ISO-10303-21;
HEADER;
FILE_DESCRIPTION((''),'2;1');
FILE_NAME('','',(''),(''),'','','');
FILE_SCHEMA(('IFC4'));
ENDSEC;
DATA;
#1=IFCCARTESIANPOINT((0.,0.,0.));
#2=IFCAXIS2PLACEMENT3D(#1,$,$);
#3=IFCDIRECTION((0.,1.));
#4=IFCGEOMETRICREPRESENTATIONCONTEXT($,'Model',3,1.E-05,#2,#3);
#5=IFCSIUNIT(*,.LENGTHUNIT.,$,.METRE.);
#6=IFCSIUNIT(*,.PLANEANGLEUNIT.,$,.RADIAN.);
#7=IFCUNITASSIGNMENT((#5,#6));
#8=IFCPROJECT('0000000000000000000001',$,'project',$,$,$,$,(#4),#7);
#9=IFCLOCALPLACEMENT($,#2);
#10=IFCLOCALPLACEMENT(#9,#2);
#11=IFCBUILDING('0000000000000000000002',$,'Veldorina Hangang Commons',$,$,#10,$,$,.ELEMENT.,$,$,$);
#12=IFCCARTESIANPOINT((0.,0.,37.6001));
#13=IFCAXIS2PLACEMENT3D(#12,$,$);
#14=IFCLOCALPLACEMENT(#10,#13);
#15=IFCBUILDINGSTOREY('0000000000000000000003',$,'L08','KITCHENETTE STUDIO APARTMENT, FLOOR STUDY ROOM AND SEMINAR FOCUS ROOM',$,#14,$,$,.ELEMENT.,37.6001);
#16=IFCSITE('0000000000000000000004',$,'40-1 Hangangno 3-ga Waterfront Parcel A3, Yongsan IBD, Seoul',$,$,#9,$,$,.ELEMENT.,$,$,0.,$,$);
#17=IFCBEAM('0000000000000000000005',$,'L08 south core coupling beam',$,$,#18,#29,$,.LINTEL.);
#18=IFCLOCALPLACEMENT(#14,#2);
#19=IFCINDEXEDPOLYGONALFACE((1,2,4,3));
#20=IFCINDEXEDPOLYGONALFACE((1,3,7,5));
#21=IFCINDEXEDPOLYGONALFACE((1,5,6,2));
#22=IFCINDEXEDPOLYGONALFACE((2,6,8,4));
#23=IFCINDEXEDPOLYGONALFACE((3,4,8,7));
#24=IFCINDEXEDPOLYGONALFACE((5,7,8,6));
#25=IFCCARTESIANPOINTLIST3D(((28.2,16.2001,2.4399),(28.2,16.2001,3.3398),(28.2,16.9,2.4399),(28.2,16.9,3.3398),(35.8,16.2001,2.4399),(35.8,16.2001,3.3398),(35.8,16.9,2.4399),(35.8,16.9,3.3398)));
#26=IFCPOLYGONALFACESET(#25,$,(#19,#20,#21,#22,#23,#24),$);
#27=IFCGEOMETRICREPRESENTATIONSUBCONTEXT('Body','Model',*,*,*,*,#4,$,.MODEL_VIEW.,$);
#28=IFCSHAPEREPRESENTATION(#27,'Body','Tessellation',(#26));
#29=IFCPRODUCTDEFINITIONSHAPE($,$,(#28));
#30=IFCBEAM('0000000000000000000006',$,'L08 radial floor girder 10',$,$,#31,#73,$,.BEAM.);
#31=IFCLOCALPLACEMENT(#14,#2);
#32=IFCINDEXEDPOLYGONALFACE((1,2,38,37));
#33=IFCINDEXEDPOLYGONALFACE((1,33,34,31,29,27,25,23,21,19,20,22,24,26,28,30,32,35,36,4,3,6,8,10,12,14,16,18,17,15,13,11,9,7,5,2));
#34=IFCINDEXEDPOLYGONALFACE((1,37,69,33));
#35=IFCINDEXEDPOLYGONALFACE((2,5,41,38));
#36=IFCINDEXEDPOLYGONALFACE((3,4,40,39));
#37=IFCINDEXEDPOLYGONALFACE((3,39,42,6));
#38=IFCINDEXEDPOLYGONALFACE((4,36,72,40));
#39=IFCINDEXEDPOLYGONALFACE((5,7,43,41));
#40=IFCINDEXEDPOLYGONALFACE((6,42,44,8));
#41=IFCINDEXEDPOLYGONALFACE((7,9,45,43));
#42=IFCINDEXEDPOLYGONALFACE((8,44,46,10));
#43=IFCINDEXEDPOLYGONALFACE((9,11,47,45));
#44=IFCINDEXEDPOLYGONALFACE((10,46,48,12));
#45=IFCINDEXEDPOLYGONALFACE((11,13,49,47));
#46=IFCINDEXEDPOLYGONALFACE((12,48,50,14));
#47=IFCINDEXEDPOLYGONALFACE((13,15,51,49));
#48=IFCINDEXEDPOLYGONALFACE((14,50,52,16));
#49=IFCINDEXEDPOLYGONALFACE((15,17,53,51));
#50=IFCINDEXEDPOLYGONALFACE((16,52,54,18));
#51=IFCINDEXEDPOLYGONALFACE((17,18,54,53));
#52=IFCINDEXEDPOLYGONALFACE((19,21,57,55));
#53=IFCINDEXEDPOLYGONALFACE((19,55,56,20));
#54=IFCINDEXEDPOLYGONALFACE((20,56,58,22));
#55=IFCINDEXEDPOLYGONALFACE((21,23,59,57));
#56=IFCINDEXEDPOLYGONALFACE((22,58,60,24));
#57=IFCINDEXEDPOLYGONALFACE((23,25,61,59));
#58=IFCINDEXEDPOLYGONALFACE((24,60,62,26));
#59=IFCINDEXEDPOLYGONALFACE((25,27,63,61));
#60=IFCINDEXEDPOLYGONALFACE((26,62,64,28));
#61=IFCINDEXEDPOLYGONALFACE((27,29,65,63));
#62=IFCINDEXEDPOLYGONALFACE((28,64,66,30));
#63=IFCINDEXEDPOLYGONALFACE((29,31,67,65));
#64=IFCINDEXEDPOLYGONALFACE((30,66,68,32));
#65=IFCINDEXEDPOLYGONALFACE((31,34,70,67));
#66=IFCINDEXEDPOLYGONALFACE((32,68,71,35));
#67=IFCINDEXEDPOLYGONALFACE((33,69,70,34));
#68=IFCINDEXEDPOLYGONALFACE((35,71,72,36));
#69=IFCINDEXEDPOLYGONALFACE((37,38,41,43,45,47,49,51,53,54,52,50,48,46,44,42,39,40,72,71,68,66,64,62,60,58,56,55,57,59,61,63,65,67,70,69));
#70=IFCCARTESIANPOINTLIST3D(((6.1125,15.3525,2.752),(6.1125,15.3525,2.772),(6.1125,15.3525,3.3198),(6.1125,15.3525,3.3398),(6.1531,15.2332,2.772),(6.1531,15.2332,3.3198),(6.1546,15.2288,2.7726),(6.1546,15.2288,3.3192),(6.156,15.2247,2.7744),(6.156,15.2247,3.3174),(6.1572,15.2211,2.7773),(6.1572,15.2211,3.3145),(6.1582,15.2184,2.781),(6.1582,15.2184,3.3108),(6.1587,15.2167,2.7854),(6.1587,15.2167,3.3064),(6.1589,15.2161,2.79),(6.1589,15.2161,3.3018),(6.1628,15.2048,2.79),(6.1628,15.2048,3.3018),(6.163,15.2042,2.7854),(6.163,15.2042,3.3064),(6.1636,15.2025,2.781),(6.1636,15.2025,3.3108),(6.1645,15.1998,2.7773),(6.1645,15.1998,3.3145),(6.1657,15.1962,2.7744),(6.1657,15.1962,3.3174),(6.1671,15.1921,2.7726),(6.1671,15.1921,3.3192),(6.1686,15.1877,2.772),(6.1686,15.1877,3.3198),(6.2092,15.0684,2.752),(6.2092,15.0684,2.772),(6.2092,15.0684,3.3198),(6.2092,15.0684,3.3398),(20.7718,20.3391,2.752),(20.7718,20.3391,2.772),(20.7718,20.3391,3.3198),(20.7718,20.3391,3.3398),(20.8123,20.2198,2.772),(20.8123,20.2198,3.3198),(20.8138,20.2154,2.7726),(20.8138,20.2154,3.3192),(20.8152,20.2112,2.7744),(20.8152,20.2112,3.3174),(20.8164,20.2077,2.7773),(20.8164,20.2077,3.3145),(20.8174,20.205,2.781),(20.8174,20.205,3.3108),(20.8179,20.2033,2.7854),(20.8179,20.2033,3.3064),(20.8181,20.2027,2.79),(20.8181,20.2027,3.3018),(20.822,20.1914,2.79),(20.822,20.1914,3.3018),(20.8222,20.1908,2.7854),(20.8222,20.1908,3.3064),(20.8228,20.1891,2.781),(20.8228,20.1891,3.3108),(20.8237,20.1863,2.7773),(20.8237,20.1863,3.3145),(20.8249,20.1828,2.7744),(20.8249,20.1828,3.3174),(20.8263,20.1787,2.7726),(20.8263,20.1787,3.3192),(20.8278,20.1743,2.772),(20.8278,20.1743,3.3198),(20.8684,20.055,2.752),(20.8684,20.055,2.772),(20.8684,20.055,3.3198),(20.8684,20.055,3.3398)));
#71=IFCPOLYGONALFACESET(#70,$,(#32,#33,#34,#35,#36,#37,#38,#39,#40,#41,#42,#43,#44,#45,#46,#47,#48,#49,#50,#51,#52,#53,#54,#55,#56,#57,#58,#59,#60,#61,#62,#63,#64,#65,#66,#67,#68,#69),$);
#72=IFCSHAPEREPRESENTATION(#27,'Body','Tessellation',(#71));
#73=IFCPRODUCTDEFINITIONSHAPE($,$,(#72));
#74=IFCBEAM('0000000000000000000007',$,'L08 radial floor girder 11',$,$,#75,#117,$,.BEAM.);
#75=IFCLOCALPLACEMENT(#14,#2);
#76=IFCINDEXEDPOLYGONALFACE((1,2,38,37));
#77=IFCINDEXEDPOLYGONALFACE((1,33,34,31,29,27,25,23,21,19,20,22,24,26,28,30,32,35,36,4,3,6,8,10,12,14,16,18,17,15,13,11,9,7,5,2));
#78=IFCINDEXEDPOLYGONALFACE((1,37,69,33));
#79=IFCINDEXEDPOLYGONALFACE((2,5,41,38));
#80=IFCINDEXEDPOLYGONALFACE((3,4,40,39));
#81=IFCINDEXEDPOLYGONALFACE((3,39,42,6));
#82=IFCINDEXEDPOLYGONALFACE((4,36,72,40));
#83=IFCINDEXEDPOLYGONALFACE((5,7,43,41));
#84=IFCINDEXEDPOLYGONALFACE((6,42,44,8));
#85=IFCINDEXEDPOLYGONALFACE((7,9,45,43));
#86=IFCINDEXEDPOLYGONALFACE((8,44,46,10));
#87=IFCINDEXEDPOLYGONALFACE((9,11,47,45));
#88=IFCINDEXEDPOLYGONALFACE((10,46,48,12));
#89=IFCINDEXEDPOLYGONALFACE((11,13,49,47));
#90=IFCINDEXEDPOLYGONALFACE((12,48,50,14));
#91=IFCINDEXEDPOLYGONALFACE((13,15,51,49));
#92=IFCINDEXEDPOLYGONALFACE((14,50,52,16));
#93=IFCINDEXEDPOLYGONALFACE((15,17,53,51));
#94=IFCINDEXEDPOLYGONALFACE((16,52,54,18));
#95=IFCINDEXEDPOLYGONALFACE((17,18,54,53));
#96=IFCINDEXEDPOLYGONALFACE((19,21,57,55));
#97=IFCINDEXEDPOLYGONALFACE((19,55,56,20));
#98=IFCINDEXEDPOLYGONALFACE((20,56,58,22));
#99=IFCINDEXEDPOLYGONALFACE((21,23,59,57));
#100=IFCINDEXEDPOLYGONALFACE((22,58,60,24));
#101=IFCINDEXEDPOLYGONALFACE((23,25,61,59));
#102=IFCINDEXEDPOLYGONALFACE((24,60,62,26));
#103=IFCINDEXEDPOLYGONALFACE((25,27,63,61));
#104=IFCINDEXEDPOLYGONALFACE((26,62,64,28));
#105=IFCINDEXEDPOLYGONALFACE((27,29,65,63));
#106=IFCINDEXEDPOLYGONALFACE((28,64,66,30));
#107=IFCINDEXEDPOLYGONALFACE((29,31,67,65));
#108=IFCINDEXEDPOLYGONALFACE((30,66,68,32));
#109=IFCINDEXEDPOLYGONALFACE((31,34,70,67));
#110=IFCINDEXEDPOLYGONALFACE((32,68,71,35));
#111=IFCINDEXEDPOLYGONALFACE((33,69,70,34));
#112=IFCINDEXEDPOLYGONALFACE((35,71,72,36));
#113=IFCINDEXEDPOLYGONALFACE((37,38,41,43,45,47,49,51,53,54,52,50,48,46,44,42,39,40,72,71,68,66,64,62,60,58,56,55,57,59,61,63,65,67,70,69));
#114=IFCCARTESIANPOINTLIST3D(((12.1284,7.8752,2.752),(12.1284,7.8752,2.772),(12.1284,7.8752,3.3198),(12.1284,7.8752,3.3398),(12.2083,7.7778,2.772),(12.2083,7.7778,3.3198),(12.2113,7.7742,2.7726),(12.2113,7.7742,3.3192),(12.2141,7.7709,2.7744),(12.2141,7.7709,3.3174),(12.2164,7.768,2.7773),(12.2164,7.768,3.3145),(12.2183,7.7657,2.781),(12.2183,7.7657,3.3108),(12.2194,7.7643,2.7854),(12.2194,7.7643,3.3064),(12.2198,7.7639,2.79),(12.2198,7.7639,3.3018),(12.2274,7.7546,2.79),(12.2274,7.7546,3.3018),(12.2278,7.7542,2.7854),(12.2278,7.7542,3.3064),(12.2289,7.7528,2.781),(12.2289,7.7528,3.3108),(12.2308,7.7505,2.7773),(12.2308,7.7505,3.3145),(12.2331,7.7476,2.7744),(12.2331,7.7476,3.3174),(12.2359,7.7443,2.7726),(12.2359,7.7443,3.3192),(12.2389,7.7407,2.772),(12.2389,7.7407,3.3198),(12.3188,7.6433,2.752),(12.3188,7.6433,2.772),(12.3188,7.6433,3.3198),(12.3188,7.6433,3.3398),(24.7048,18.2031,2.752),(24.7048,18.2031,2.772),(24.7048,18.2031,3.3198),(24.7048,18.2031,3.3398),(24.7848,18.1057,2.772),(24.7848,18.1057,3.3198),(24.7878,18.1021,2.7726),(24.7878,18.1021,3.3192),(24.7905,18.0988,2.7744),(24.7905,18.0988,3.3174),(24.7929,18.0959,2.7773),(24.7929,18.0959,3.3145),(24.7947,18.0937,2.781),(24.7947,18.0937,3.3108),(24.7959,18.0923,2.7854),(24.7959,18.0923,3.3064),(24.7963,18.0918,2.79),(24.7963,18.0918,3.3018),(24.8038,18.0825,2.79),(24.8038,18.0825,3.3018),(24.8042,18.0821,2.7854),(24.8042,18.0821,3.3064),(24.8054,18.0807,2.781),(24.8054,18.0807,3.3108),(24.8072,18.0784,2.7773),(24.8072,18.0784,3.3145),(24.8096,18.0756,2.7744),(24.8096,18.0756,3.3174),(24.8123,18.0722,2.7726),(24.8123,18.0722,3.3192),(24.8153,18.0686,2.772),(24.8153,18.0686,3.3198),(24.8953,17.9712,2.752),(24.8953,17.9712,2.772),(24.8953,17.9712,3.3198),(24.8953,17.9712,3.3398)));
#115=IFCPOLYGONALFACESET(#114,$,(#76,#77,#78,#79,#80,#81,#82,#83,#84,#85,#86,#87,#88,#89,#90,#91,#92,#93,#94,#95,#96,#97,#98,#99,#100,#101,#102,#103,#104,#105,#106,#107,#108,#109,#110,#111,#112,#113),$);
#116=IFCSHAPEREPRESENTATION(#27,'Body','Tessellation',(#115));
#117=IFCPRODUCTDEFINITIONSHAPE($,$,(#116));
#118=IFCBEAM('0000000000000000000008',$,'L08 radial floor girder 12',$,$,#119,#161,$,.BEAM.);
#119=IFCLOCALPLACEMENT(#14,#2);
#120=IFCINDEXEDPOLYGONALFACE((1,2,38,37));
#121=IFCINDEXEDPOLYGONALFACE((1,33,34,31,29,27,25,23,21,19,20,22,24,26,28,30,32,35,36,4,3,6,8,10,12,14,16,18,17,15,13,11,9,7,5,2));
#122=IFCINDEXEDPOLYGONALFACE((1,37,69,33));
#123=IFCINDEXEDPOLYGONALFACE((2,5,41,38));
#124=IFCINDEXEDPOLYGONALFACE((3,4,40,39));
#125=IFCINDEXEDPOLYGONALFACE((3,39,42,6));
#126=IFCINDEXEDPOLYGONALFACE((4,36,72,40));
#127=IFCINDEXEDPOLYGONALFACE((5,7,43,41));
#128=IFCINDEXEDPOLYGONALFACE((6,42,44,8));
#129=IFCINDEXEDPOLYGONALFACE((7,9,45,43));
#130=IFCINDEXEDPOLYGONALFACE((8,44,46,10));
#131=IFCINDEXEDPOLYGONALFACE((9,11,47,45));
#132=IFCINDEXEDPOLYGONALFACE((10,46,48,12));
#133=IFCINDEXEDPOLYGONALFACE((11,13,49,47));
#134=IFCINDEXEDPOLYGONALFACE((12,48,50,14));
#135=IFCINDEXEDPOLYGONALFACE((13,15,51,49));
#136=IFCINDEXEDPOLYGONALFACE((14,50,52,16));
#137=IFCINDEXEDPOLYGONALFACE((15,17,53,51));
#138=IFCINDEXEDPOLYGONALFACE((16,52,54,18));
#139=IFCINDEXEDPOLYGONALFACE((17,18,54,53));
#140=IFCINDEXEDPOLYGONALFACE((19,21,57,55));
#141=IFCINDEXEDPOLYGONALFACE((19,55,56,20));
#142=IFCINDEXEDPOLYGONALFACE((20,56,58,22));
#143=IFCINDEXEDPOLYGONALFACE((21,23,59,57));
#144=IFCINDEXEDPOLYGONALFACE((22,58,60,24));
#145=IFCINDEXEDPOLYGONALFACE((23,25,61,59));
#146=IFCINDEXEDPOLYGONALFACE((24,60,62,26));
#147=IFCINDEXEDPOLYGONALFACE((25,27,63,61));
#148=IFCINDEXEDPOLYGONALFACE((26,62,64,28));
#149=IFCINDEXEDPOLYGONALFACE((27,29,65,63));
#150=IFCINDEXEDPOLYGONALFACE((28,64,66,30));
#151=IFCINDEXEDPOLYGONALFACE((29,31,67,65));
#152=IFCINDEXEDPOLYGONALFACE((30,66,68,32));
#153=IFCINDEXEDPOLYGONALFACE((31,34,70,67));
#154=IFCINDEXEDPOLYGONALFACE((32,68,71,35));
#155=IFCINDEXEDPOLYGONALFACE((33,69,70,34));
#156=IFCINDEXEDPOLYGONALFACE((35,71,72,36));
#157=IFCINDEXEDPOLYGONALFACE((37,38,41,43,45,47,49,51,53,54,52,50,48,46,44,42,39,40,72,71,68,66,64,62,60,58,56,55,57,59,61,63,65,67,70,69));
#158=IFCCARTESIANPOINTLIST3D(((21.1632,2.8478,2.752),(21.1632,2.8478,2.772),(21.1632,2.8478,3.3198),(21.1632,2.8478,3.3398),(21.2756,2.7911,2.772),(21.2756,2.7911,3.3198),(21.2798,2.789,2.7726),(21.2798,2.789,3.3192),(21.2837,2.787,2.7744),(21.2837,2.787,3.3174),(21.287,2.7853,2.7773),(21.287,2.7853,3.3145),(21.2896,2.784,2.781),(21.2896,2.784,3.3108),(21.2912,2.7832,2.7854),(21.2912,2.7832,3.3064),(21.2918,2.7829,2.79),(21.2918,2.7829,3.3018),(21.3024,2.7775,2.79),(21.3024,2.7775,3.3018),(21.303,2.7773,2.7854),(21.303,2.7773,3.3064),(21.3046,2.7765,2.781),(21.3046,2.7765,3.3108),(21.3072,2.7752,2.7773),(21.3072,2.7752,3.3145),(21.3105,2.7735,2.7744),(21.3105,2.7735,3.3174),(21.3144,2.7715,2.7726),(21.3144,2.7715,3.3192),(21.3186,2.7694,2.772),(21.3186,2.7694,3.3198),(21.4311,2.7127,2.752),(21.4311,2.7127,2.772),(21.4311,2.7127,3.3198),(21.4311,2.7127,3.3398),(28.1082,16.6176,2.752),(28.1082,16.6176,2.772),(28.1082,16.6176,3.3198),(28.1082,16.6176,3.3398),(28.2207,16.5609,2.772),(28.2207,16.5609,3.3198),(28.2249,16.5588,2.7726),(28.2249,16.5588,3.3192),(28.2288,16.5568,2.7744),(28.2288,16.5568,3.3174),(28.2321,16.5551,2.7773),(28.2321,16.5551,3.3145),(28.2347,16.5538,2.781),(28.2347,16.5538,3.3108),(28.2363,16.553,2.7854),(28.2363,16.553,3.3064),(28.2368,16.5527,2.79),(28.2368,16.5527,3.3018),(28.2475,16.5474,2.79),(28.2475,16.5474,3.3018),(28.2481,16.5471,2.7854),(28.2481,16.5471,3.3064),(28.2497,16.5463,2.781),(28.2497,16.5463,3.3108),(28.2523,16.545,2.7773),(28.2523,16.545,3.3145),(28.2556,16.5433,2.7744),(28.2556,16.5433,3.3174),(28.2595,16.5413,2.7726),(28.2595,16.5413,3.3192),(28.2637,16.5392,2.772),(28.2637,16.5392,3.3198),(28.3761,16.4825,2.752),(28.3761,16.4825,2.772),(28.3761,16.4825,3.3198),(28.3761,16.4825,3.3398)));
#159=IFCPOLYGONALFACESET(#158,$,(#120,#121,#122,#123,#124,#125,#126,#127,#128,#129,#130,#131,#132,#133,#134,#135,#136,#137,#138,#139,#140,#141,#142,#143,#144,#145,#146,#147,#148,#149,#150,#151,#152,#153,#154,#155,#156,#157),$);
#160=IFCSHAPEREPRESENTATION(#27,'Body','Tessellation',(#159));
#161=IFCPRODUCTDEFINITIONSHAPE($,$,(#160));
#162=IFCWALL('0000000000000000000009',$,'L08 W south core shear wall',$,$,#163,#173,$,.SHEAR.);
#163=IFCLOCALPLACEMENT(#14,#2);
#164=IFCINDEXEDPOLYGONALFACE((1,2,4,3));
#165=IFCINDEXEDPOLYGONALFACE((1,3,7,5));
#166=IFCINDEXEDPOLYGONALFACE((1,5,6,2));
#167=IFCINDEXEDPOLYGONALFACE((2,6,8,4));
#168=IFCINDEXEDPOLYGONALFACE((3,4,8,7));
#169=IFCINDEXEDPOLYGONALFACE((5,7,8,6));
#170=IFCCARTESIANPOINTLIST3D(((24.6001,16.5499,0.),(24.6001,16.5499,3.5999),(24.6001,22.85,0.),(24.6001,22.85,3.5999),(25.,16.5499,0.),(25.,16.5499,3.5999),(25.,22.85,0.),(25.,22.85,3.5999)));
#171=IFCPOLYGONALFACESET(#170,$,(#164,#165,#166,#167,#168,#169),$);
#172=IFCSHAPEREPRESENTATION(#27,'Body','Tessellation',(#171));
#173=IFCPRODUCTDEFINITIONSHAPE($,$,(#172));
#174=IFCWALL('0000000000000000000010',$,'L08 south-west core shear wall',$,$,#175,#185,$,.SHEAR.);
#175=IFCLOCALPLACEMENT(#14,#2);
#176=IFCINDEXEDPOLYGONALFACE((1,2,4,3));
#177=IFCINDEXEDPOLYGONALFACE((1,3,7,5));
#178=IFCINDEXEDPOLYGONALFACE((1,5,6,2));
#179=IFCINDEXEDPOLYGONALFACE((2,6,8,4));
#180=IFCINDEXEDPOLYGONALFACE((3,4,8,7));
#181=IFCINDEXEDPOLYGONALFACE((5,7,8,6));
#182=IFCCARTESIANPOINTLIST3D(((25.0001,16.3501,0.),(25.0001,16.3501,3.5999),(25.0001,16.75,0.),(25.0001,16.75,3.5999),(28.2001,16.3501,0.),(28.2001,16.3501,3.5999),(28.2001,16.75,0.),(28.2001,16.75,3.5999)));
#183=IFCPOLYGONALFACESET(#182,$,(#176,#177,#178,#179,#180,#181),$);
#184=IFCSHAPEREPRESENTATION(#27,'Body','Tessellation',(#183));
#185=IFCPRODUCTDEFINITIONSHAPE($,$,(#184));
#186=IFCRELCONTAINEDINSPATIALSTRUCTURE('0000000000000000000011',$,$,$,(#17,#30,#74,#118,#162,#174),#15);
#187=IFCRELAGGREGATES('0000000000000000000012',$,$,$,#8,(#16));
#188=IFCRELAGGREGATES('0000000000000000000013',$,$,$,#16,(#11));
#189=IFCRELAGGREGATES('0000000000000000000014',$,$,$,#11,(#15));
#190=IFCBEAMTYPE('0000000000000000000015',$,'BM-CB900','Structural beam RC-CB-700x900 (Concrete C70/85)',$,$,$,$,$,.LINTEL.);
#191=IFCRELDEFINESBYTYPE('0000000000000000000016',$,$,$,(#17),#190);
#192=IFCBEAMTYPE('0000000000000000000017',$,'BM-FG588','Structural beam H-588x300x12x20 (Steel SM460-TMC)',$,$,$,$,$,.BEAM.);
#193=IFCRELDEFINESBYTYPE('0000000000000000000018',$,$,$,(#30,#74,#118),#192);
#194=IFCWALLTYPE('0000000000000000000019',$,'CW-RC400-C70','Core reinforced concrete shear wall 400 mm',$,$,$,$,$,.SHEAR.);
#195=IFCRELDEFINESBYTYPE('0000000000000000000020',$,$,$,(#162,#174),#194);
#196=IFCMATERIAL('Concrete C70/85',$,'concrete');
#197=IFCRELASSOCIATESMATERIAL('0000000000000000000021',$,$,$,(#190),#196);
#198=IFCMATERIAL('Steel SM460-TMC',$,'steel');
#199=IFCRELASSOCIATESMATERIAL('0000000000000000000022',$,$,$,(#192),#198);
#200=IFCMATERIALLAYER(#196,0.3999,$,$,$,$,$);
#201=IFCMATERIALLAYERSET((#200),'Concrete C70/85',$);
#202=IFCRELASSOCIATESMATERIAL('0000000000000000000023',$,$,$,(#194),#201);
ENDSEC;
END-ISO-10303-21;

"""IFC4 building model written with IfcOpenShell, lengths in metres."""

from ifc_helpers import new_model, si_unit, direction, frame, frame_2d, origin, origin_2d, place, context, subcontext, project, spatial, rectangle, i_section, extrude, material, layer, layer_set, material_profile, profile_set, type_object, element, save


model = new_model("IFC4")

# Units and contexts
model_context = context("Model", 3, precision=1e-05, world=origin(), true_north=direction((0.0, 1.0)))
body_context = subcontext(model_context, "Body", "Model", "MODEL_VIEW")
ifc_project = project(units=[si_unit("LENGTHUNIT", "METRE"), si_unit("PLANEANGLEUNIT", "RADIAN")], contexts=[model_context])

# Site, building, storey
site_placement = place(None, origin())
site = spatial("IfcSite", under=ifc_project, at=site_placement, Name="40-1 Hangangno 3-ga Waterfront Parcel A3, Yongsan IBD, Seoul", CompositionType="ELEMENT", RefElevation=0.0)
building_placement = place(site_placement, origin())
building = spatial("IfcBuilding", under=site, at=building_placement, Name="Veldorina Hangang Commons", CompositionType="ELEMENT")
storey_placement = place(building_placement, frame((0.0, 0.0, 37.6001)))
storey = spatial("IfcBuildingStorey", under=building, at=storey_placement, Name="L08", Description="KITCHENETTE STUDIO APARTMENT, FLOOR STUDY ROOM AND SEMINAR FOCUS ROOM", CompositionType="ELEMENT", Elevation=37.6001)

# Beams
ifc_material_1 = material(Name="Concrete C70/85", Category="concrete")
ifc_material_profile_1 = material_profile(ifc_material_1, rectangle(XDim=0.7, YDim=0.8999, at=origin_2d()), Name="RC-CB-700x900")
ifc_profile_set_1 = profile_set([ifc_material_profile_1], Name="Concrete C70/85")
beam_type_1 = type_object("IfcBeamType", Name="BM-CB900", Description="Structural beam RC-CB-700x900 (Concrete C70/85)", PredefinedType="LINTEL", material=ifc_profile_set_1)
beam_1_placement = place(storey_placement, frame((28.2, 16.55, 2.8899), z_axis=(1.0, 0.0, 0.0), x_axis=(0.0, 1.0, 0.0)))
element("IfcBeam", 1, at=beam_1_placement, inside=storey, type_object=beam_type_1, Name="L08 south core coupling beam", PredefinedType="LINTEL", context=body_context, shape_type="SweptSolid", body=[
    extrude(rectangle(XDim=0.7, YDim=0.8999, at=origin_2d()), origin(), (0.0, 0.0, 1.0), 7.6001),
])
ifc_material_2 = material(Name="Steel SM460-TMC", Category="steel")
ifc_material_profile_2 = material_profile(ifc_material_2, i_section(OverallWidth=0.3, OverallDepth=0.5879, WebThickness=0.012, FlangeThickness=0.02, FilletRadius=0.0181, at=origin_2d()), Name="H-588x300x12x20")
ifc_profile_set_2 = profile_set([ifc_material_profile_2], Name="Steel SM460-TMC")
beam_type_2 = type_object("IfcBeamType", Name="BM-FG588", Description="Structural beam H-588x300x12x20 (Steel SM460-TMC)", PredefinedType="BEAM", material=ifc_profile_set_2)
beam_2_placement = place(storey_placement, frame((20.8201, 20.197, 3.0459), z_axis=(-0.946724, -0.322045, 0.0), x_axis=(0.322045, -0.946724, 0.0)))
element("IfcBeam", 2, at=beam_2_placement, inside=storey, type_object=beam_type_2, Name="L08 radial floor girder 10", PredefinedType="BEAM", context=body_context, shape_type="SweptSolid", body=[
    extrude(i_section(OverallWidth=0.3, OverallDepth=0.5879, WebThickness=0.012, FlangeThickness=0.02, FilletRadius=0.0181, at=origin_2d()), origin(), (0.0, 0.0, 1.0), 15.4841),
])
beam_3_placement = place(storey_placement, frame((24.8, 18.0872, 3.0459), z_axis=(-0.772809, -0.634639, 0.0), x_axis=(0.634639, -0.772809, 0.0)))
element("IfcBeam", 3, at=beam_3_placement, inside=storey, type_object=beam_type_2, Name="L08 radial floor girder 11", PredefinedType="BEAM", context=body_context, shape_type="SweptSolid", body=[
    extrude(i_section(OverallWidth=0.3, OverallDepth=0.5879, WebThickness=0.012, FlangeThickness=0.02, FilletRadius=0.0181, at=origin_2d()), origin(), (0.0, 0.0, 1.0), 16.2737),
])
beam_4_placement = place(storey_placement, frame((28.2422, 16.55, 3.0459), z_axis=(-0.450333, -0.892861, 0.0), x_axis=(0.892861, -0.450333, 0.0)))
element("IfcBeam", 4, at=beam_4_placement, inside=storey, type_object=beam_type_2, Name="L08 radial floor girder 12", PredefinedType="BEAM", context=body_context, shape_type="SweptSolid", body=[
    extrude(i_section(OverallWidth=0.3, OverallDepth=0.5879, WebThickness=0.012, FlangeThickness=0.02, FilletRadius=0.0181, at=origin_2d()), origin(), (0.0, 0.0, 1.0), 15.4221),
])

# Walls
ifc_layer_1 = layer(ifc_material_1, 0.3999)
ifc_layer_set_1 = layer_set([ifc_layer_1], Name="Concrete C70/85")
wall_type_1 = type_object("IfcWallType", Name="CW-RC400-C70", Description="Core reinforced concrete shear wall 400 mm", PredefinedType="SHEAR", material=ifc_layer_set_1)
wall_1_placement = place(storey_placement, frame((24.8, 16.55, 0.0), z_axis=(0.0, 0.0, 1.0), x_axis=(0.0, 1.0, 0.0)))
element("IfcWall", 5, at=wall_1_placement, inside=storey, type_object=wall_type_1, Name="L08 W south core shear wall", PredefinedType="SHEAR", context=body_context, shape_type="SweptSolid", body=[
    extrude(rectangle(XDim=6.3, YDim=0.3999, at=frame_2d((3.1499, 0.0))), origin(), (0.0, 0.0, 1.0), 3.5999),
])
wall_2_placement = place(storey_placement, frame((25.0, 16.55, 0.0), z_axis=(0.0, 0.0, 1.0), x_axis=(1.0, 0.0, 0.0)))
element("IfcWall", 6, at=wall_2_placement, inside=storey, type_object=wall_type_1, Name="L08 south-west core shear wall", PredefinedType="SHEAR", context=body_context, shape_type="SweptSolid", body=[
    extrude(rectangle(XDim=3.2, YDim=0.3999, at=frame_2d((1.6001, 0.0))), origin(), (0.0, 0.0, 1.0), 3.5999),
])

save(model, "model.ifc")
